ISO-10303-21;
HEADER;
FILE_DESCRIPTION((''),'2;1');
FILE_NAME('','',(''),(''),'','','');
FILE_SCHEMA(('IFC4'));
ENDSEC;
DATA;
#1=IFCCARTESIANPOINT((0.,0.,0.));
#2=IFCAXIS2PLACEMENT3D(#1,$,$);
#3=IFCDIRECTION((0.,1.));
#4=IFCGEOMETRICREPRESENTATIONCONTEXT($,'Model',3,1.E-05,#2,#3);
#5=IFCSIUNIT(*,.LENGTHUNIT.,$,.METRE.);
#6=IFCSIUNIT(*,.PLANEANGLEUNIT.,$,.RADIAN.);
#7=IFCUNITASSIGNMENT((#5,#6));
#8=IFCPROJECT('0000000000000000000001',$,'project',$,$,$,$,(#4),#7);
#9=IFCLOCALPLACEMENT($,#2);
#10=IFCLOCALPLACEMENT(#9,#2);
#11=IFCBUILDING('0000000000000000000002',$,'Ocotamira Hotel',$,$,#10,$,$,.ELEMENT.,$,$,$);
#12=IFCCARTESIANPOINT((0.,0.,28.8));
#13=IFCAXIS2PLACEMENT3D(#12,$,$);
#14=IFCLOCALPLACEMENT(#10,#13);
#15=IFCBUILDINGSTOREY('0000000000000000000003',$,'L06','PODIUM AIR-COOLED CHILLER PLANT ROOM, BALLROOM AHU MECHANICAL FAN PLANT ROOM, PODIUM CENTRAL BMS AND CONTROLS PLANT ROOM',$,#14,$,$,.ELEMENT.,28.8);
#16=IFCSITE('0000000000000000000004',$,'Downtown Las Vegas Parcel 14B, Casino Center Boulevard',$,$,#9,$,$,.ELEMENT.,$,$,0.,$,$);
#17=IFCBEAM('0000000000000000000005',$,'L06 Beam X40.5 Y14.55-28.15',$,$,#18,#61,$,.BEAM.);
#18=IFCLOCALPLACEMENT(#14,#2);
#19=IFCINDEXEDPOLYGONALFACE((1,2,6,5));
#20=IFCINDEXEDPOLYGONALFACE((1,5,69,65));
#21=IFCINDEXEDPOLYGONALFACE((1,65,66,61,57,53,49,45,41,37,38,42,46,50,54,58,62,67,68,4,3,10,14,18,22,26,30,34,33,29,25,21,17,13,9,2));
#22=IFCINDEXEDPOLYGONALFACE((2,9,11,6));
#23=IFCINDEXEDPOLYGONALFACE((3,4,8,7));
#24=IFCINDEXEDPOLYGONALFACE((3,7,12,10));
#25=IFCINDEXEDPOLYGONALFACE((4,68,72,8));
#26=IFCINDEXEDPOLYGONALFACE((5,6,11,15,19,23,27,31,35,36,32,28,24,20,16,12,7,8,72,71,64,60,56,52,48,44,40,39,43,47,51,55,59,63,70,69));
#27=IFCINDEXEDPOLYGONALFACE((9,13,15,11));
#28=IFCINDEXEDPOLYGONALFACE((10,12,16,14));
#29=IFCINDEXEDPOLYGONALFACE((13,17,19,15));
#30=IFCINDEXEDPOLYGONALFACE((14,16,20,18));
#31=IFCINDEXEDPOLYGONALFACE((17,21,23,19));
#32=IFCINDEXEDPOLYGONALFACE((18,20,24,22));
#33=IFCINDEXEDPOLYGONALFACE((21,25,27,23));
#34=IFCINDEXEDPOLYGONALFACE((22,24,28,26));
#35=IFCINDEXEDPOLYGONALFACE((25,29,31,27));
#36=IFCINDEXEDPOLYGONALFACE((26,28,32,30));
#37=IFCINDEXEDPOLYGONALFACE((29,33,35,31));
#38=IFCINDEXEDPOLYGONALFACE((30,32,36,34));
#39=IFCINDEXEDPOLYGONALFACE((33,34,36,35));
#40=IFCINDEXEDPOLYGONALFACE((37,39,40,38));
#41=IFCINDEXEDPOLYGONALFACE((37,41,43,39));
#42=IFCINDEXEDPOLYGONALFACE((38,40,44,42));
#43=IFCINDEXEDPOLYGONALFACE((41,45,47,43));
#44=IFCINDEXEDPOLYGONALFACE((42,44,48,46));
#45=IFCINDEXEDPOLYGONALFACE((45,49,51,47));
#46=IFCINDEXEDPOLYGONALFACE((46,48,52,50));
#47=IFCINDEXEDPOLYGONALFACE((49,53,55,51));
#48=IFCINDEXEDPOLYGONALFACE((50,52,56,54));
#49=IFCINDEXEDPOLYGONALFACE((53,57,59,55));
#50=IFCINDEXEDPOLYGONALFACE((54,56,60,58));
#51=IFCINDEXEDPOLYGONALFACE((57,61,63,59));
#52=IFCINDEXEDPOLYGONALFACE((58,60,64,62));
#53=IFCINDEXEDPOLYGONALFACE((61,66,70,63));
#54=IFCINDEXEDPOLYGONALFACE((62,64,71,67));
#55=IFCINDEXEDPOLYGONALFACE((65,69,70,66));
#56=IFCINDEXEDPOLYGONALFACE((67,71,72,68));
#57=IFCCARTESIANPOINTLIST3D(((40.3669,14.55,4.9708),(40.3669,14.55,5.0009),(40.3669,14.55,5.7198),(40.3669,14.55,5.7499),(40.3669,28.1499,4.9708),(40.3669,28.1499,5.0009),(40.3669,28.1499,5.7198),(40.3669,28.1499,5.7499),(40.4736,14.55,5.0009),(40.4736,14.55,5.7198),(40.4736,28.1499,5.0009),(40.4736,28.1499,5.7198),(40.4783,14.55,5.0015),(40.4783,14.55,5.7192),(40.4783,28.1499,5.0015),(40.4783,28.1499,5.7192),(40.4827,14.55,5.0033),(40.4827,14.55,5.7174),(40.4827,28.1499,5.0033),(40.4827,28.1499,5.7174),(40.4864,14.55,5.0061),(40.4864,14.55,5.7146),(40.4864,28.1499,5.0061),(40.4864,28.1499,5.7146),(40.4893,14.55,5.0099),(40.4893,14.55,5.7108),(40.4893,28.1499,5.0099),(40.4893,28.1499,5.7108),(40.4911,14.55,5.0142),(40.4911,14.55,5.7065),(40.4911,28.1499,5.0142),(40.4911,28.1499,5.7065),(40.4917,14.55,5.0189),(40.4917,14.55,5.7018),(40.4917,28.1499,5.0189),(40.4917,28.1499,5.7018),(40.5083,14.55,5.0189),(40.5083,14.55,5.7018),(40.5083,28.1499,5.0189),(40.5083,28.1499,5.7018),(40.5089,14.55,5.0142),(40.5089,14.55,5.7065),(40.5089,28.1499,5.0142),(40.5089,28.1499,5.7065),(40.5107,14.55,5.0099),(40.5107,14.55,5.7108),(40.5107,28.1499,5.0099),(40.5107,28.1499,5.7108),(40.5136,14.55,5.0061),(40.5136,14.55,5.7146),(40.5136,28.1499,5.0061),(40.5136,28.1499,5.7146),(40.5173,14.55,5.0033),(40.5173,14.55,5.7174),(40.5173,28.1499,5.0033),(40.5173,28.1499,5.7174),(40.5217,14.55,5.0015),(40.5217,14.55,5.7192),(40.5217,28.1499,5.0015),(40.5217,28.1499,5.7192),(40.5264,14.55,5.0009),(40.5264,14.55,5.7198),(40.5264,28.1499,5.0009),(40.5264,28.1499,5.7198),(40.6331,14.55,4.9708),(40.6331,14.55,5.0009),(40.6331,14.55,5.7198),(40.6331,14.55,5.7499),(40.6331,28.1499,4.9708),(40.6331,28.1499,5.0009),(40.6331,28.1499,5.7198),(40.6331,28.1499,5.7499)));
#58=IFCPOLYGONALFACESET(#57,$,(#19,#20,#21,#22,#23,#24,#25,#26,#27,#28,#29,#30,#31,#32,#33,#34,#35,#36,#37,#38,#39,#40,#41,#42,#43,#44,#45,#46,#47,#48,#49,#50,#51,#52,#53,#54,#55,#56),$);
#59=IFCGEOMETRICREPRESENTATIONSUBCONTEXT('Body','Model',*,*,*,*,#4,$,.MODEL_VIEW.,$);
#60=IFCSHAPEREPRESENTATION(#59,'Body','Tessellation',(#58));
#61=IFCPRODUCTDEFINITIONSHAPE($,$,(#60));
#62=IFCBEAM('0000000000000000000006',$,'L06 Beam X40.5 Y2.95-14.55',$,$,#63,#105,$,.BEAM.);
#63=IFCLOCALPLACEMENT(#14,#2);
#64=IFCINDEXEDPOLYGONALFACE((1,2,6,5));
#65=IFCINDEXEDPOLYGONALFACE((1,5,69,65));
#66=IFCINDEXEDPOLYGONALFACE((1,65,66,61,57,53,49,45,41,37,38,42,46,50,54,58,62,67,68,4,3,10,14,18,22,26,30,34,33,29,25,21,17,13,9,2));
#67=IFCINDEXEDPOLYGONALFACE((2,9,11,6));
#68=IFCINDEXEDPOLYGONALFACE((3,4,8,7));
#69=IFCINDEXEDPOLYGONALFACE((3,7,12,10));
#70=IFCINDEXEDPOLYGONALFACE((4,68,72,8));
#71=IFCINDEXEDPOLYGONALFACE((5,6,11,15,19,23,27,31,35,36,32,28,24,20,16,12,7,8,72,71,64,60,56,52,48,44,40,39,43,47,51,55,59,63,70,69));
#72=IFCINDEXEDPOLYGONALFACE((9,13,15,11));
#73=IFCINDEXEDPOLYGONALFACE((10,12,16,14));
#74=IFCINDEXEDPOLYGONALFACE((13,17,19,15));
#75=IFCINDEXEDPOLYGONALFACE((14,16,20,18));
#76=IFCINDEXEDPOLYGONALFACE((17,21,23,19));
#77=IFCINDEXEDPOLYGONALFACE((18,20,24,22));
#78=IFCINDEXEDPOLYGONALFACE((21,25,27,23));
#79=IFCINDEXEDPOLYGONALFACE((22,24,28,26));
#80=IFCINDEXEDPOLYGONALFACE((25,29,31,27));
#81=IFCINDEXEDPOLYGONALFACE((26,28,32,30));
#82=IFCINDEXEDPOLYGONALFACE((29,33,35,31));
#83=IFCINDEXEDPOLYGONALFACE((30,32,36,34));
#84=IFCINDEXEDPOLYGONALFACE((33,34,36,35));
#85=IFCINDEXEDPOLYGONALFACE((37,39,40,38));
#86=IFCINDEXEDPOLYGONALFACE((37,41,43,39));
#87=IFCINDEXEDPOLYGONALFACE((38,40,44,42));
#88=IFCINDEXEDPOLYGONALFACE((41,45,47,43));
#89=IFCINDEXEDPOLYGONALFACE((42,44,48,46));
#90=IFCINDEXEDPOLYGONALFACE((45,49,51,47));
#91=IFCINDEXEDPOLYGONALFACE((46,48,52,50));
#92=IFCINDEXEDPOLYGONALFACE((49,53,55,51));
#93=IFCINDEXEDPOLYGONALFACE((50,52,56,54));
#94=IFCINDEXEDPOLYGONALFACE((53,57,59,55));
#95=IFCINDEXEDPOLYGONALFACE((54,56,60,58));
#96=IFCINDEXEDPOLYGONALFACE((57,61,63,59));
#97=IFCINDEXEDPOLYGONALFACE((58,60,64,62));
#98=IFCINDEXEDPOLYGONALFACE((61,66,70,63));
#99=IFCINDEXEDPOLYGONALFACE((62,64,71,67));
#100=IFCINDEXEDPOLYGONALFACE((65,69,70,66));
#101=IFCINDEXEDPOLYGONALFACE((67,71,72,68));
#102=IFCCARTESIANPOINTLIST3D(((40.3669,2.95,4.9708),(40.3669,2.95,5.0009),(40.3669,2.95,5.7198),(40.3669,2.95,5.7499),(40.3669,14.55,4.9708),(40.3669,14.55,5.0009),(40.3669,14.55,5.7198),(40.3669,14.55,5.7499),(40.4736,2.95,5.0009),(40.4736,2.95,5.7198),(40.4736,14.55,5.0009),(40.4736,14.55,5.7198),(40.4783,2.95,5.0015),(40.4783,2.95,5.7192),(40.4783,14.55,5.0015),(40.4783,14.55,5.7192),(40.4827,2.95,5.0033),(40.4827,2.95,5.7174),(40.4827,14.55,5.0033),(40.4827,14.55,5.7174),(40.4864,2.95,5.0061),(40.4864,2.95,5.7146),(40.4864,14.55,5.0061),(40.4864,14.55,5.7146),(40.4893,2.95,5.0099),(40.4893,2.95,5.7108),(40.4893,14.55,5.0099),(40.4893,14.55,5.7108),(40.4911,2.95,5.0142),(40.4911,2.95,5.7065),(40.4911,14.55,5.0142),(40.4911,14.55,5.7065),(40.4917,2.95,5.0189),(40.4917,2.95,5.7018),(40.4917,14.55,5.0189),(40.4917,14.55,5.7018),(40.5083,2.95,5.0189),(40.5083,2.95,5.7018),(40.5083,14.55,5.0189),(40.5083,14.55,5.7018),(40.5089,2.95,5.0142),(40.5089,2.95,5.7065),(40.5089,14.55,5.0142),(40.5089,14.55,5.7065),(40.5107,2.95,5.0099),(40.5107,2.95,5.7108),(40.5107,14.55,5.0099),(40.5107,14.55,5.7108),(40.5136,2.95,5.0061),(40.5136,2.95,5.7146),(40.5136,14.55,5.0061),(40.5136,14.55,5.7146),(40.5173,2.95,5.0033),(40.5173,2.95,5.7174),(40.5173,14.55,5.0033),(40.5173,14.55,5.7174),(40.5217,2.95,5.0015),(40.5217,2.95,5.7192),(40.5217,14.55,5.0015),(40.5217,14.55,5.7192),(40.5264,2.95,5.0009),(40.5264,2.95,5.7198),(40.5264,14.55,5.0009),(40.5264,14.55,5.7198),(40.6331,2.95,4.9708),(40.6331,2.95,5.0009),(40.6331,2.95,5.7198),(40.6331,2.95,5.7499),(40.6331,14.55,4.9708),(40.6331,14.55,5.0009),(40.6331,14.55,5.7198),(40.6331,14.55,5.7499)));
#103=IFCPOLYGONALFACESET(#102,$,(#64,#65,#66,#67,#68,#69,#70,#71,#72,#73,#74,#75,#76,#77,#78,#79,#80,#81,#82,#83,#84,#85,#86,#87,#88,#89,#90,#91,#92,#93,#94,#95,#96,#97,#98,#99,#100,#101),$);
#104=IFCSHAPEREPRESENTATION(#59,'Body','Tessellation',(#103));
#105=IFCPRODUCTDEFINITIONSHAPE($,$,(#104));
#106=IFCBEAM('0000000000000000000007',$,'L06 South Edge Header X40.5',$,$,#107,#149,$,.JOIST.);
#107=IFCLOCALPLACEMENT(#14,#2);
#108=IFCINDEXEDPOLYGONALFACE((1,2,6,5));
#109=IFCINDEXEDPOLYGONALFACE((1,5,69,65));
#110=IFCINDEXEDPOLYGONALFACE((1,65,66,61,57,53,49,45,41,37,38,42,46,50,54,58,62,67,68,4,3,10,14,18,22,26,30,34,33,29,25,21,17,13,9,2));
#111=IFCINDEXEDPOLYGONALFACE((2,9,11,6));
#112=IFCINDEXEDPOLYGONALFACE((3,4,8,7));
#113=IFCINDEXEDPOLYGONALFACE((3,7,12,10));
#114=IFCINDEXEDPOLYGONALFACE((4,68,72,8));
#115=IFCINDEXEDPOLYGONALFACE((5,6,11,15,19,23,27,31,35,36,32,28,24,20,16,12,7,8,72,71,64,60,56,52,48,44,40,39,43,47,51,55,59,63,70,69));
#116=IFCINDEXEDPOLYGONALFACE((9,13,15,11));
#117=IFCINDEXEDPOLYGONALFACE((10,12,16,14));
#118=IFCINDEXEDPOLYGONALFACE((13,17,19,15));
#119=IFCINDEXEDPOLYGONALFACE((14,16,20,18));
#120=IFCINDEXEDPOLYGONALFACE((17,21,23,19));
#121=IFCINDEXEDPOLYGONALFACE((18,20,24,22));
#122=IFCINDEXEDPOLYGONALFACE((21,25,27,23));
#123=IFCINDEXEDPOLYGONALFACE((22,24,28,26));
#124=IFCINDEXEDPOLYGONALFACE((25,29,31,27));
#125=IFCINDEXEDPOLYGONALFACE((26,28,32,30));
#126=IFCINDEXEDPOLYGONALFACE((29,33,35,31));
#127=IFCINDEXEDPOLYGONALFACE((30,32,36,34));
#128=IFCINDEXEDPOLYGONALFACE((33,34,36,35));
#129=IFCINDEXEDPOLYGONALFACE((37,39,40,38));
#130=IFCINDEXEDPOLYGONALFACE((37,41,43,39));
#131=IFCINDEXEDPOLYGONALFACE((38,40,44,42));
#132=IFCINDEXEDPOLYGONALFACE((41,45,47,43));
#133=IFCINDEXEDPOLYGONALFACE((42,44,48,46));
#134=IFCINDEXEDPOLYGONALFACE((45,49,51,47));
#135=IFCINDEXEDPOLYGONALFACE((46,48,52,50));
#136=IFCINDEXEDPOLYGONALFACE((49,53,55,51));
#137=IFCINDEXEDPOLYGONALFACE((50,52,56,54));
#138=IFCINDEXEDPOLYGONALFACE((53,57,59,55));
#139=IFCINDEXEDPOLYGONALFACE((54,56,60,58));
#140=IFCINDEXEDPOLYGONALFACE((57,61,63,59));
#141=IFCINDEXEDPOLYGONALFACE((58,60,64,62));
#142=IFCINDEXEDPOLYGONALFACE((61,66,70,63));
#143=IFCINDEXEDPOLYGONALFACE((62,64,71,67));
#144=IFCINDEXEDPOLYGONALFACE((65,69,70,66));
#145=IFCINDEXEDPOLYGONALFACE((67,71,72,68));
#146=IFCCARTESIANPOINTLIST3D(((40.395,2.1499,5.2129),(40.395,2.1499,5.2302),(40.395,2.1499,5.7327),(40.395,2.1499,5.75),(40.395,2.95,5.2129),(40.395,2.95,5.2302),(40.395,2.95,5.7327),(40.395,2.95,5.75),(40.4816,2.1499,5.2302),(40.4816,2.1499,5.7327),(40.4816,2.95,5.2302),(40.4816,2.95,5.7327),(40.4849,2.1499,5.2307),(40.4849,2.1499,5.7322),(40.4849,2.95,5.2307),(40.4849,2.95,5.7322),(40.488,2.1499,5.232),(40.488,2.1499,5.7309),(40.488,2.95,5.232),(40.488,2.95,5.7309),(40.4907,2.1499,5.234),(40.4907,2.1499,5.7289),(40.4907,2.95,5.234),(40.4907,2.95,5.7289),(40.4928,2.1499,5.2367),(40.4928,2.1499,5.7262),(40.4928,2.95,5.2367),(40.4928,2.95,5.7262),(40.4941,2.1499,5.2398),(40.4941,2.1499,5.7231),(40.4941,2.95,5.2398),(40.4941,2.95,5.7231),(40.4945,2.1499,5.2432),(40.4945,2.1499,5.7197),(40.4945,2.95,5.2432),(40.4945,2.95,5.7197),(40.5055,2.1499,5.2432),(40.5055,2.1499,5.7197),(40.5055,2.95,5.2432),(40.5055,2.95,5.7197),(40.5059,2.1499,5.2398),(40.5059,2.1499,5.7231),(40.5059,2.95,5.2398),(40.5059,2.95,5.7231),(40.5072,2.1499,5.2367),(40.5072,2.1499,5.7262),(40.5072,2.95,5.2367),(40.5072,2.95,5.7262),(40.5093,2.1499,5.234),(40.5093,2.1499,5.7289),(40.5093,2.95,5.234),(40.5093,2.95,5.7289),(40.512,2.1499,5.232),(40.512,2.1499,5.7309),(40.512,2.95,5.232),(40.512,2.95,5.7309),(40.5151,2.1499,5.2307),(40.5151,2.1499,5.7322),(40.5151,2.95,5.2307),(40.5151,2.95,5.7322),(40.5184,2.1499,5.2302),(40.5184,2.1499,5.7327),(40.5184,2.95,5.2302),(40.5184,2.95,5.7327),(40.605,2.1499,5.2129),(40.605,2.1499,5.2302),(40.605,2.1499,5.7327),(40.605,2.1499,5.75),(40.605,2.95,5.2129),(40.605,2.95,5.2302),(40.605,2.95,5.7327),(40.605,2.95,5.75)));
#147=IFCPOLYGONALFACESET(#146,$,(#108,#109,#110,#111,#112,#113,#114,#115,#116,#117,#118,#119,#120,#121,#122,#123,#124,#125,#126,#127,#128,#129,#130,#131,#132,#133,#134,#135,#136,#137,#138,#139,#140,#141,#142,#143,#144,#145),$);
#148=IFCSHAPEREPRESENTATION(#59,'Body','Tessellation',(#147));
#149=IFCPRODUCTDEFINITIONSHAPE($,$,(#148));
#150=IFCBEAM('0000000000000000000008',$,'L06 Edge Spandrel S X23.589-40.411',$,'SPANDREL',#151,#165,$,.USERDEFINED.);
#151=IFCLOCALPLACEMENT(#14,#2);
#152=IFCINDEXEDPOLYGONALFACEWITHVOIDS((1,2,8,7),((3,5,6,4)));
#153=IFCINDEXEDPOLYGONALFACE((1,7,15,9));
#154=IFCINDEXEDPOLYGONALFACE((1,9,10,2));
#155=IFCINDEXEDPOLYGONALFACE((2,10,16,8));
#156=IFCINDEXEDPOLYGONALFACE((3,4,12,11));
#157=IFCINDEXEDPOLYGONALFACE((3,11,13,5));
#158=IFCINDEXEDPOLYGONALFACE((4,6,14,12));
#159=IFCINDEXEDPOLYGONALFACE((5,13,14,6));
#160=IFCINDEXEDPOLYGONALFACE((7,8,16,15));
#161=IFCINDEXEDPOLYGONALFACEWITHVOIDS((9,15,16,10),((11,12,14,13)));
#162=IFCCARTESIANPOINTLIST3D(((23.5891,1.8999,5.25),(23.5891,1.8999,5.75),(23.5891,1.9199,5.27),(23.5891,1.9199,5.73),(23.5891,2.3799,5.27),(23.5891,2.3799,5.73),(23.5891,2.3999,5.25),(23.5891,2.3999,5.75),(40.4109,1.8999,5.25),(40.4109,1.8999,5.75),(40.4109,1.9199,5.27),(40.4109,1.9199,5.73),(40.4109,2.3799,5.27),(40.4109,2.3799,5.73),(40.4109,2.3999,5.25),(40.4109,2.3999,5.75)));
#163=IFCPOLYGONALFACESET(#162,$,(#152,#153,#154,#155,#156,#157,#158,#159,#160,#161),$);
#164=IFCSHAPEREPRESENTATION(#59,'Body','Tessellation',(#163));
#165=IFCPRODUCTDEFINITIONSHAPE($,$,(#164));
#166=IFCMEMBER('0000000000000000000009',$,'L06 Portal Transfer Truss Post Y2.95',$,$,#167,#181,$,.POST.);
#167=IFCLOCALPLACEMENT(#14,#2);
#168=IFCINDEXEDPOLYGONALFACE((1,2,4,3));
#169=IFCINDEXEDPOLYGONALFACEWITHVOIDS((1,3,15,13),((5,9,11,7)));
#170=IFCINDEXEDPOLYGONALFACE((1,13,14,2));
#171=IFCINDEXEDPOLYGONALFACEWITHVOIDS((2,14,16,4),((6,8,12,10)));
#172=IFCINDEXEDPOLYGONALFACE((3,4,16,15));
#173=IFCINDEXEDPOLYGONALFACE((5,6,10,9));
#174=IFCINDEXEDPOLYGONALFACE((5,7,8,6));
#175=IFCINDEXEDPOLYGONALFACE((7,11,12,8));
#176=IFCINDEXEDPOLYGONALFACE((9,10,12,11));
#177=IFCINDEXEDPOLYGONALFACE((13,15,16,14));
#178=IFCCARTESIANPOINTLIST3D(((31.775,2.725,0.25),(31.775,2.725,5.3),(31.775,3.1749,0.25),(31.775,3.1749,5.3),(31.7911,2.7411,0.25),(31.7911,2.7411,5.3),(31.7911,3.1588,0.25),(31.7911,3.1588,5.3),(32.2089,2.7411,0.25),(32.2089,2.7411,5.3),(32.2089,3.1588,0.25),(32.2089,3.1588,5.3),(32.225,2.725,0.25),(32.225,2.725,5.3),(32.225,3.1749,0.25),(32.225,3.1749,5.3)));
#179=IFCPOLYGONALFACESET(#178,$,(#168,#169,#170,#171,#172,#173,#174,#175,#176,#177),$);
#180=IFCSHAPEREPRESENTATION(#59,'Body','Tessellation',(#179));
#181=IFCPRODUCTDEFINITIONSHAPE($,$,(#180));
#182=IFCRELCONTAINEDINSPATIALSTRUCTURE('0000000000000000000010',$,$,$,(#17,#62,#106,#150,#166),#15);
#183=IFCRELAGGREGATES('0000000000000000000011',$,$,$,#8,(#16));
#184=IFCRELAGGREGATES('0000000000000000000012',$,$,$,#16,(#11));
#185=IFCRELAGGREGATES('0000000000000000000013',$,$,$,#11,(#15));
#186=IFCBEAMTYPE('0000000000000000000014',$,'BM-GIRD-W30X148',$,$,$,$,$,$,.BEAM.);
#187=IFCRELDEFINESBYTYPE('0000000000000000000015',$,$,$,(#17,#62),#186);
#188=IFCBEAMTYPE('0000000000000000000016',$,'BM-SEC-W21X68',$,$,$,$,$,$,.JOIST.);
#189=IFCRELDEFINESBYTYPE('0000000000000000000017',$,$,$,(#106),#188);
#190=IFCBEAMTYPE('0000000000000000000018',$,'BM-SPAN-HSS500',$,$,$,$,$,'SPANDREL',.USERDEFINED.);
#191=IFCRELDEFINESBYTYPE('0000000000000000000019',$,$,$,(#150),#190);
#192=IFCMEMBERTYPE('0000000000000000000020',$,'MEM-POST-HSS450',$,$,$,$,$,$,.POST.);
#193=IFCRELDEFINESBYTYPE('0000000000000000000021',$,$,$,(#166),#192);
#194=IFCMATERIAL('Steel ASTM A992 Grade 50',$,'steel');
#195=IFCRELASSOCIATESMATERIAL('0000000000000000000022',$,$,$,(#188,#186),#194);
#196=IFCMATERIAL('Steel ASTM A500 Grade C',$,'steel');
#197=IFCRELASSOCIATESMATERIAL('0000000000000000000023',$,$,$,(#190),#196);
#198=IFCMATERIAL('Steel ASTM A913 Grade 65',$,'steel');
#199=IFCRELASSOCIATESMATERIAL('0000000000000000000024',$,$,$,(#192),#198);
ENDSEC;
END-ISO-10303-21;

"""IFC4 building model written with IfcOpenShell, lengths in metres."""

from ifc_helpers import new_model, si_unit, direction, frame, origin, origin_2d, place, context, subcontext, project, spatial, hollow_rectangle, i_section, extrude, source, transform, mapped, material, material_profile, profile_set, type_object, element, save


model = new_model("IFC4")

# Units and contexts
model_context = context("Model", 3, precision=1e-05, world=origin(), true_north=direction((0.0, 1.0)))
body_context = subcontext(model_context, "Body", "Model", "MODEL_VIEW")
ifc_project = project(units=[si_unit("LENGTHUNIT", "METRE"), si_unit("PLANEANGLEUNIT", "RADIAN")], contexts=[model_context])

# Site, building, storey
site_placement = place(None, origin())
site = spatial("IfcSite", under=ifc_project, at=site_placement, Name="Downtown Las Vegas Parcel 14B, Casino Center Boulevard", CompositionType="ELEMENT", RefElevation=0.0)
building_placement = place(site_placement, origin())
building = spatial("IfcBuilding", under=site, at=building_placement, Name="Ocotamira Hotel", CompositionType="ELEMENT")
storey_placement = place(building_placement, frame((0.0, 0.0, 28.8)))
storey = spatial("IfcBuildingStorey", under=building, at=storey_placement, Name="L06", Description="PODIUM AIR-COOLED CHILLER PLANT ROOM, BALLROOM AHU MECHANICAL FAN PLANT ROOM, PODIUM CENTRAL BMS AND CONTROLS PLANT ROOM", CompositionType="ELEMENT", Elevation=28.8)

# Beams
ifc_material_1 = material(Name="Steel ASTM A992 Grade 50", Category="steel")
ifc_material_profile_1 = material_profile(ifc_material_1, i_section(OverallWidth=0.21, OverallDepth=0.5371, WebThickness=0.011, FlangeThickness=0.0173, FilletRadius=0.0129, at=origin_2d()), Name="W21X68")
ifc_profile_set_1 = profile_set([ifc_material_profile_1], Name="Steel ASTM A992 Grade 50")
beam_type_1 = type_object("IfcBeamType", Name="BM-SEC-W21X68", PredefinedType="JOIST", material=ifc_profile_set_1)
ifc_material_profile_2 = material_profile(ifc_material_1, i_section(OverallWidth=0.2661, OverallDepth=0.7791, WebThickness=0.0166, FlangeThickness=0.03, FilletRadius=0.0181, at=origin_2d()), Name="W30X148")
ifc_profile_set_2 = profile_set([ifc_material_profile_2], Name="Steel ASTM A992 Grade 50")
beam_type_2 = type_object("IfcBeamType", Name="BM-GIRD-W30X148", PredefinedType="BEAM", material=ifc_profile_set_2)
shared_shape_1 = source(origin(), body_context, "Body", "SweptSolid", [
    extrude(i_section(OverallWidth=0.2661, OverallDepth=0.7791, WebThickness=0.0166, FlangeThickness=0.03, FilletRadius=0.0181, at=origin_2d()), origin(), (0.0, 0.0, 1.0), 13.5999),
])
beam_1_placement = place(storey_placement, frame((40.5, 14.55, 5.3604), z_axis=(0.0, 1.0, 0.0), x_axis=(-1.0, 0.0, 0.0)))
element("IfcBeam", 1, at=beam_1_placement, inside=storey, type_object=beam_type_2, Name="L06 Beam X40.5 Y14.55-28.15", PredefinedType="BEAM", context=body_context, shape_type="MappedRepresentation", body=[
    mapped(shared_shape_1, transform((0.0, 0.0, 0.0), scale=1.0)),
])
shared_shape_2 = source(origin(), body_context, "Body", "SweptSolid", [
    extrude(i_section(OverallWidth=0.2661, OverallDepth=0.7791, WebThickness=0.0166, FlangeThickness=0.03, FilletRadius=0.0181, at=origin_2d()), origin(), (0.0, 0.0, 1.0), 11.6001),
])
beam_2_placement = place(storey_placement, frame((40.5, 2.95, 5.3604), z_axis=(0.0, 1.0, 0.0), x_axis=(-1.0, 0.0, 0.0)))
element("IfcBeam", 2, at=beam_2_placement, inside=storey, type_object=beam_type_2, Name="L06 Beam X40.5 Y2.95-14.55", PredefinedType="BEAM", context=body_context, shape_type="MappedRepresentation", body=[
    mapped(shared_shape_2, transform((0.0, 0.0, 0.0), scale=1.0)),
])
shared_shape_3 = source(origin(), body_context, "Body", "SweptSolid", [
    extrude(i_section(OverallWidth=0.21, OverallDepth=0.5371, WebThickness=0.011, FlangeThickness=0.0173, FilletRadius=0.0129, at=origin_2d()), origin(), (0.0, 0.0, 1.0), 0.8),
])
beam_3_placement = place(storey_placement, frame((40.5, 2.95, 5.4814), z_axis=(0.0, -1.0, 0.0), x_axis=(1.0, 0.0, 0.0)))
element("IfcBeam", 3, at=beam_3_placement, inside=storey, type_object=beam_type_1, Name="L06 South Edge Header X40.5", PredefinedType="JOIST", context=body_context, shape_type="MappedRepresentation", body=[
    mapped(shared_shape_3, transform((0.0, 0.0, 0.0), scale=1.0)),
])
ifc_material_2 = material(Name="Steel ASTM A500 Grade C", Category="steel")
ifc_material_profile_3 = material_profile(ifc_material_2, hollow_rectangle(XDim=0.5, YDim=0.5, WallThickness=0.02, at=origin_2d()), Name="HSS500X500X20")
ifc_profile_set_3 = profile_set([ifc_material_profile_3], Name="Steel ASTM A500 Grade C")
beam_type_3 = type_object("IfcBeamType", Name="BM-SPAN-HSS500", ElementType="SPANDREL", PredefinedType="USERDEFINED", material=ifc_profile_set_3)
shared_shape_4 = source(origin(), body_context, "Body", "SweptSolid", [
    extrude(hollow_rectangle(XDim=0.5, YDim=0.5, WallThickness=0.02, at=origin_2d()), origin(), (0.0, 0.0, 1.0), 16.8218),
])
beam_4_placement = place(storey_placement, frame((23.5891, 2.1499, 5.5), z_axis=(1.0, 0.0, 0.0), x_axis=(0.0, 1.0, 0.0)))
element("IfcBeam", 4, at=beam_4_placement, inside=storey, type_object=beam_type_3, Name="L06 Edge Spandrel S X23.589-40.411", ObjectType="SPANDREL", PredefinedType="USERDEFINED", context=body_context, shape_type="MappedRepresentation", body=[
    mapped(shared_shape_4, transform((0.0, 0.0, 0.0), scale=1.0)),
])

# Member
ifc_material_3 = material(Name="Steel ASTM A913 Grade 65", Category="steel")
ifc_material_profile_4 = material_profile(ifc_material_3, hollow_rectangle(XDim=0.45, YDim=0.45, WallThickness=0.0161, at=origin_2d()), Name="HSS450X450X16")
ifc_profile_set_4 = profile_set([ifc_material_profile_4], Name="Steel ASTM A913 Grade 65")
member_type_1 = type_object("IfcMemberType", Name="MEM-POST-HSS450", PredefinedType="POST", material=ifc_profile_set_4)
shared_shape_5 = source(origin(), body_context, "Body", "SweptSolid", [
    extrude(hollow_rectangle(XDim=0.45, YDim=0.45, WallThickness=0.0161, at=origin_2d()), origin(), (0.0, 0.0, 1.0), 5.05),
])
for number, where, z_axis, x_axis, name in (
    (5, (32.0, 2.95, 0.25), (0.0, 0.0, 1.0), (1.0, 0.0, 0.0), "L06 Portal Transfer Truss Post Y2.95"),
):
    element("IfcMember", number, at=place(storey_placement, frame(where, z_axis=z_axis, x_axis=x_axis)), inside=storey, type_object=member_type_1, Name=name, PredefinedType="POST", context=body_context, shape_type="MappedRepresentation", body=[
        mapped(shared_shape_5, transform((0.0, 0.0, 0.0), scale=1.0)),
    ])

save(model, "model.ifc")
